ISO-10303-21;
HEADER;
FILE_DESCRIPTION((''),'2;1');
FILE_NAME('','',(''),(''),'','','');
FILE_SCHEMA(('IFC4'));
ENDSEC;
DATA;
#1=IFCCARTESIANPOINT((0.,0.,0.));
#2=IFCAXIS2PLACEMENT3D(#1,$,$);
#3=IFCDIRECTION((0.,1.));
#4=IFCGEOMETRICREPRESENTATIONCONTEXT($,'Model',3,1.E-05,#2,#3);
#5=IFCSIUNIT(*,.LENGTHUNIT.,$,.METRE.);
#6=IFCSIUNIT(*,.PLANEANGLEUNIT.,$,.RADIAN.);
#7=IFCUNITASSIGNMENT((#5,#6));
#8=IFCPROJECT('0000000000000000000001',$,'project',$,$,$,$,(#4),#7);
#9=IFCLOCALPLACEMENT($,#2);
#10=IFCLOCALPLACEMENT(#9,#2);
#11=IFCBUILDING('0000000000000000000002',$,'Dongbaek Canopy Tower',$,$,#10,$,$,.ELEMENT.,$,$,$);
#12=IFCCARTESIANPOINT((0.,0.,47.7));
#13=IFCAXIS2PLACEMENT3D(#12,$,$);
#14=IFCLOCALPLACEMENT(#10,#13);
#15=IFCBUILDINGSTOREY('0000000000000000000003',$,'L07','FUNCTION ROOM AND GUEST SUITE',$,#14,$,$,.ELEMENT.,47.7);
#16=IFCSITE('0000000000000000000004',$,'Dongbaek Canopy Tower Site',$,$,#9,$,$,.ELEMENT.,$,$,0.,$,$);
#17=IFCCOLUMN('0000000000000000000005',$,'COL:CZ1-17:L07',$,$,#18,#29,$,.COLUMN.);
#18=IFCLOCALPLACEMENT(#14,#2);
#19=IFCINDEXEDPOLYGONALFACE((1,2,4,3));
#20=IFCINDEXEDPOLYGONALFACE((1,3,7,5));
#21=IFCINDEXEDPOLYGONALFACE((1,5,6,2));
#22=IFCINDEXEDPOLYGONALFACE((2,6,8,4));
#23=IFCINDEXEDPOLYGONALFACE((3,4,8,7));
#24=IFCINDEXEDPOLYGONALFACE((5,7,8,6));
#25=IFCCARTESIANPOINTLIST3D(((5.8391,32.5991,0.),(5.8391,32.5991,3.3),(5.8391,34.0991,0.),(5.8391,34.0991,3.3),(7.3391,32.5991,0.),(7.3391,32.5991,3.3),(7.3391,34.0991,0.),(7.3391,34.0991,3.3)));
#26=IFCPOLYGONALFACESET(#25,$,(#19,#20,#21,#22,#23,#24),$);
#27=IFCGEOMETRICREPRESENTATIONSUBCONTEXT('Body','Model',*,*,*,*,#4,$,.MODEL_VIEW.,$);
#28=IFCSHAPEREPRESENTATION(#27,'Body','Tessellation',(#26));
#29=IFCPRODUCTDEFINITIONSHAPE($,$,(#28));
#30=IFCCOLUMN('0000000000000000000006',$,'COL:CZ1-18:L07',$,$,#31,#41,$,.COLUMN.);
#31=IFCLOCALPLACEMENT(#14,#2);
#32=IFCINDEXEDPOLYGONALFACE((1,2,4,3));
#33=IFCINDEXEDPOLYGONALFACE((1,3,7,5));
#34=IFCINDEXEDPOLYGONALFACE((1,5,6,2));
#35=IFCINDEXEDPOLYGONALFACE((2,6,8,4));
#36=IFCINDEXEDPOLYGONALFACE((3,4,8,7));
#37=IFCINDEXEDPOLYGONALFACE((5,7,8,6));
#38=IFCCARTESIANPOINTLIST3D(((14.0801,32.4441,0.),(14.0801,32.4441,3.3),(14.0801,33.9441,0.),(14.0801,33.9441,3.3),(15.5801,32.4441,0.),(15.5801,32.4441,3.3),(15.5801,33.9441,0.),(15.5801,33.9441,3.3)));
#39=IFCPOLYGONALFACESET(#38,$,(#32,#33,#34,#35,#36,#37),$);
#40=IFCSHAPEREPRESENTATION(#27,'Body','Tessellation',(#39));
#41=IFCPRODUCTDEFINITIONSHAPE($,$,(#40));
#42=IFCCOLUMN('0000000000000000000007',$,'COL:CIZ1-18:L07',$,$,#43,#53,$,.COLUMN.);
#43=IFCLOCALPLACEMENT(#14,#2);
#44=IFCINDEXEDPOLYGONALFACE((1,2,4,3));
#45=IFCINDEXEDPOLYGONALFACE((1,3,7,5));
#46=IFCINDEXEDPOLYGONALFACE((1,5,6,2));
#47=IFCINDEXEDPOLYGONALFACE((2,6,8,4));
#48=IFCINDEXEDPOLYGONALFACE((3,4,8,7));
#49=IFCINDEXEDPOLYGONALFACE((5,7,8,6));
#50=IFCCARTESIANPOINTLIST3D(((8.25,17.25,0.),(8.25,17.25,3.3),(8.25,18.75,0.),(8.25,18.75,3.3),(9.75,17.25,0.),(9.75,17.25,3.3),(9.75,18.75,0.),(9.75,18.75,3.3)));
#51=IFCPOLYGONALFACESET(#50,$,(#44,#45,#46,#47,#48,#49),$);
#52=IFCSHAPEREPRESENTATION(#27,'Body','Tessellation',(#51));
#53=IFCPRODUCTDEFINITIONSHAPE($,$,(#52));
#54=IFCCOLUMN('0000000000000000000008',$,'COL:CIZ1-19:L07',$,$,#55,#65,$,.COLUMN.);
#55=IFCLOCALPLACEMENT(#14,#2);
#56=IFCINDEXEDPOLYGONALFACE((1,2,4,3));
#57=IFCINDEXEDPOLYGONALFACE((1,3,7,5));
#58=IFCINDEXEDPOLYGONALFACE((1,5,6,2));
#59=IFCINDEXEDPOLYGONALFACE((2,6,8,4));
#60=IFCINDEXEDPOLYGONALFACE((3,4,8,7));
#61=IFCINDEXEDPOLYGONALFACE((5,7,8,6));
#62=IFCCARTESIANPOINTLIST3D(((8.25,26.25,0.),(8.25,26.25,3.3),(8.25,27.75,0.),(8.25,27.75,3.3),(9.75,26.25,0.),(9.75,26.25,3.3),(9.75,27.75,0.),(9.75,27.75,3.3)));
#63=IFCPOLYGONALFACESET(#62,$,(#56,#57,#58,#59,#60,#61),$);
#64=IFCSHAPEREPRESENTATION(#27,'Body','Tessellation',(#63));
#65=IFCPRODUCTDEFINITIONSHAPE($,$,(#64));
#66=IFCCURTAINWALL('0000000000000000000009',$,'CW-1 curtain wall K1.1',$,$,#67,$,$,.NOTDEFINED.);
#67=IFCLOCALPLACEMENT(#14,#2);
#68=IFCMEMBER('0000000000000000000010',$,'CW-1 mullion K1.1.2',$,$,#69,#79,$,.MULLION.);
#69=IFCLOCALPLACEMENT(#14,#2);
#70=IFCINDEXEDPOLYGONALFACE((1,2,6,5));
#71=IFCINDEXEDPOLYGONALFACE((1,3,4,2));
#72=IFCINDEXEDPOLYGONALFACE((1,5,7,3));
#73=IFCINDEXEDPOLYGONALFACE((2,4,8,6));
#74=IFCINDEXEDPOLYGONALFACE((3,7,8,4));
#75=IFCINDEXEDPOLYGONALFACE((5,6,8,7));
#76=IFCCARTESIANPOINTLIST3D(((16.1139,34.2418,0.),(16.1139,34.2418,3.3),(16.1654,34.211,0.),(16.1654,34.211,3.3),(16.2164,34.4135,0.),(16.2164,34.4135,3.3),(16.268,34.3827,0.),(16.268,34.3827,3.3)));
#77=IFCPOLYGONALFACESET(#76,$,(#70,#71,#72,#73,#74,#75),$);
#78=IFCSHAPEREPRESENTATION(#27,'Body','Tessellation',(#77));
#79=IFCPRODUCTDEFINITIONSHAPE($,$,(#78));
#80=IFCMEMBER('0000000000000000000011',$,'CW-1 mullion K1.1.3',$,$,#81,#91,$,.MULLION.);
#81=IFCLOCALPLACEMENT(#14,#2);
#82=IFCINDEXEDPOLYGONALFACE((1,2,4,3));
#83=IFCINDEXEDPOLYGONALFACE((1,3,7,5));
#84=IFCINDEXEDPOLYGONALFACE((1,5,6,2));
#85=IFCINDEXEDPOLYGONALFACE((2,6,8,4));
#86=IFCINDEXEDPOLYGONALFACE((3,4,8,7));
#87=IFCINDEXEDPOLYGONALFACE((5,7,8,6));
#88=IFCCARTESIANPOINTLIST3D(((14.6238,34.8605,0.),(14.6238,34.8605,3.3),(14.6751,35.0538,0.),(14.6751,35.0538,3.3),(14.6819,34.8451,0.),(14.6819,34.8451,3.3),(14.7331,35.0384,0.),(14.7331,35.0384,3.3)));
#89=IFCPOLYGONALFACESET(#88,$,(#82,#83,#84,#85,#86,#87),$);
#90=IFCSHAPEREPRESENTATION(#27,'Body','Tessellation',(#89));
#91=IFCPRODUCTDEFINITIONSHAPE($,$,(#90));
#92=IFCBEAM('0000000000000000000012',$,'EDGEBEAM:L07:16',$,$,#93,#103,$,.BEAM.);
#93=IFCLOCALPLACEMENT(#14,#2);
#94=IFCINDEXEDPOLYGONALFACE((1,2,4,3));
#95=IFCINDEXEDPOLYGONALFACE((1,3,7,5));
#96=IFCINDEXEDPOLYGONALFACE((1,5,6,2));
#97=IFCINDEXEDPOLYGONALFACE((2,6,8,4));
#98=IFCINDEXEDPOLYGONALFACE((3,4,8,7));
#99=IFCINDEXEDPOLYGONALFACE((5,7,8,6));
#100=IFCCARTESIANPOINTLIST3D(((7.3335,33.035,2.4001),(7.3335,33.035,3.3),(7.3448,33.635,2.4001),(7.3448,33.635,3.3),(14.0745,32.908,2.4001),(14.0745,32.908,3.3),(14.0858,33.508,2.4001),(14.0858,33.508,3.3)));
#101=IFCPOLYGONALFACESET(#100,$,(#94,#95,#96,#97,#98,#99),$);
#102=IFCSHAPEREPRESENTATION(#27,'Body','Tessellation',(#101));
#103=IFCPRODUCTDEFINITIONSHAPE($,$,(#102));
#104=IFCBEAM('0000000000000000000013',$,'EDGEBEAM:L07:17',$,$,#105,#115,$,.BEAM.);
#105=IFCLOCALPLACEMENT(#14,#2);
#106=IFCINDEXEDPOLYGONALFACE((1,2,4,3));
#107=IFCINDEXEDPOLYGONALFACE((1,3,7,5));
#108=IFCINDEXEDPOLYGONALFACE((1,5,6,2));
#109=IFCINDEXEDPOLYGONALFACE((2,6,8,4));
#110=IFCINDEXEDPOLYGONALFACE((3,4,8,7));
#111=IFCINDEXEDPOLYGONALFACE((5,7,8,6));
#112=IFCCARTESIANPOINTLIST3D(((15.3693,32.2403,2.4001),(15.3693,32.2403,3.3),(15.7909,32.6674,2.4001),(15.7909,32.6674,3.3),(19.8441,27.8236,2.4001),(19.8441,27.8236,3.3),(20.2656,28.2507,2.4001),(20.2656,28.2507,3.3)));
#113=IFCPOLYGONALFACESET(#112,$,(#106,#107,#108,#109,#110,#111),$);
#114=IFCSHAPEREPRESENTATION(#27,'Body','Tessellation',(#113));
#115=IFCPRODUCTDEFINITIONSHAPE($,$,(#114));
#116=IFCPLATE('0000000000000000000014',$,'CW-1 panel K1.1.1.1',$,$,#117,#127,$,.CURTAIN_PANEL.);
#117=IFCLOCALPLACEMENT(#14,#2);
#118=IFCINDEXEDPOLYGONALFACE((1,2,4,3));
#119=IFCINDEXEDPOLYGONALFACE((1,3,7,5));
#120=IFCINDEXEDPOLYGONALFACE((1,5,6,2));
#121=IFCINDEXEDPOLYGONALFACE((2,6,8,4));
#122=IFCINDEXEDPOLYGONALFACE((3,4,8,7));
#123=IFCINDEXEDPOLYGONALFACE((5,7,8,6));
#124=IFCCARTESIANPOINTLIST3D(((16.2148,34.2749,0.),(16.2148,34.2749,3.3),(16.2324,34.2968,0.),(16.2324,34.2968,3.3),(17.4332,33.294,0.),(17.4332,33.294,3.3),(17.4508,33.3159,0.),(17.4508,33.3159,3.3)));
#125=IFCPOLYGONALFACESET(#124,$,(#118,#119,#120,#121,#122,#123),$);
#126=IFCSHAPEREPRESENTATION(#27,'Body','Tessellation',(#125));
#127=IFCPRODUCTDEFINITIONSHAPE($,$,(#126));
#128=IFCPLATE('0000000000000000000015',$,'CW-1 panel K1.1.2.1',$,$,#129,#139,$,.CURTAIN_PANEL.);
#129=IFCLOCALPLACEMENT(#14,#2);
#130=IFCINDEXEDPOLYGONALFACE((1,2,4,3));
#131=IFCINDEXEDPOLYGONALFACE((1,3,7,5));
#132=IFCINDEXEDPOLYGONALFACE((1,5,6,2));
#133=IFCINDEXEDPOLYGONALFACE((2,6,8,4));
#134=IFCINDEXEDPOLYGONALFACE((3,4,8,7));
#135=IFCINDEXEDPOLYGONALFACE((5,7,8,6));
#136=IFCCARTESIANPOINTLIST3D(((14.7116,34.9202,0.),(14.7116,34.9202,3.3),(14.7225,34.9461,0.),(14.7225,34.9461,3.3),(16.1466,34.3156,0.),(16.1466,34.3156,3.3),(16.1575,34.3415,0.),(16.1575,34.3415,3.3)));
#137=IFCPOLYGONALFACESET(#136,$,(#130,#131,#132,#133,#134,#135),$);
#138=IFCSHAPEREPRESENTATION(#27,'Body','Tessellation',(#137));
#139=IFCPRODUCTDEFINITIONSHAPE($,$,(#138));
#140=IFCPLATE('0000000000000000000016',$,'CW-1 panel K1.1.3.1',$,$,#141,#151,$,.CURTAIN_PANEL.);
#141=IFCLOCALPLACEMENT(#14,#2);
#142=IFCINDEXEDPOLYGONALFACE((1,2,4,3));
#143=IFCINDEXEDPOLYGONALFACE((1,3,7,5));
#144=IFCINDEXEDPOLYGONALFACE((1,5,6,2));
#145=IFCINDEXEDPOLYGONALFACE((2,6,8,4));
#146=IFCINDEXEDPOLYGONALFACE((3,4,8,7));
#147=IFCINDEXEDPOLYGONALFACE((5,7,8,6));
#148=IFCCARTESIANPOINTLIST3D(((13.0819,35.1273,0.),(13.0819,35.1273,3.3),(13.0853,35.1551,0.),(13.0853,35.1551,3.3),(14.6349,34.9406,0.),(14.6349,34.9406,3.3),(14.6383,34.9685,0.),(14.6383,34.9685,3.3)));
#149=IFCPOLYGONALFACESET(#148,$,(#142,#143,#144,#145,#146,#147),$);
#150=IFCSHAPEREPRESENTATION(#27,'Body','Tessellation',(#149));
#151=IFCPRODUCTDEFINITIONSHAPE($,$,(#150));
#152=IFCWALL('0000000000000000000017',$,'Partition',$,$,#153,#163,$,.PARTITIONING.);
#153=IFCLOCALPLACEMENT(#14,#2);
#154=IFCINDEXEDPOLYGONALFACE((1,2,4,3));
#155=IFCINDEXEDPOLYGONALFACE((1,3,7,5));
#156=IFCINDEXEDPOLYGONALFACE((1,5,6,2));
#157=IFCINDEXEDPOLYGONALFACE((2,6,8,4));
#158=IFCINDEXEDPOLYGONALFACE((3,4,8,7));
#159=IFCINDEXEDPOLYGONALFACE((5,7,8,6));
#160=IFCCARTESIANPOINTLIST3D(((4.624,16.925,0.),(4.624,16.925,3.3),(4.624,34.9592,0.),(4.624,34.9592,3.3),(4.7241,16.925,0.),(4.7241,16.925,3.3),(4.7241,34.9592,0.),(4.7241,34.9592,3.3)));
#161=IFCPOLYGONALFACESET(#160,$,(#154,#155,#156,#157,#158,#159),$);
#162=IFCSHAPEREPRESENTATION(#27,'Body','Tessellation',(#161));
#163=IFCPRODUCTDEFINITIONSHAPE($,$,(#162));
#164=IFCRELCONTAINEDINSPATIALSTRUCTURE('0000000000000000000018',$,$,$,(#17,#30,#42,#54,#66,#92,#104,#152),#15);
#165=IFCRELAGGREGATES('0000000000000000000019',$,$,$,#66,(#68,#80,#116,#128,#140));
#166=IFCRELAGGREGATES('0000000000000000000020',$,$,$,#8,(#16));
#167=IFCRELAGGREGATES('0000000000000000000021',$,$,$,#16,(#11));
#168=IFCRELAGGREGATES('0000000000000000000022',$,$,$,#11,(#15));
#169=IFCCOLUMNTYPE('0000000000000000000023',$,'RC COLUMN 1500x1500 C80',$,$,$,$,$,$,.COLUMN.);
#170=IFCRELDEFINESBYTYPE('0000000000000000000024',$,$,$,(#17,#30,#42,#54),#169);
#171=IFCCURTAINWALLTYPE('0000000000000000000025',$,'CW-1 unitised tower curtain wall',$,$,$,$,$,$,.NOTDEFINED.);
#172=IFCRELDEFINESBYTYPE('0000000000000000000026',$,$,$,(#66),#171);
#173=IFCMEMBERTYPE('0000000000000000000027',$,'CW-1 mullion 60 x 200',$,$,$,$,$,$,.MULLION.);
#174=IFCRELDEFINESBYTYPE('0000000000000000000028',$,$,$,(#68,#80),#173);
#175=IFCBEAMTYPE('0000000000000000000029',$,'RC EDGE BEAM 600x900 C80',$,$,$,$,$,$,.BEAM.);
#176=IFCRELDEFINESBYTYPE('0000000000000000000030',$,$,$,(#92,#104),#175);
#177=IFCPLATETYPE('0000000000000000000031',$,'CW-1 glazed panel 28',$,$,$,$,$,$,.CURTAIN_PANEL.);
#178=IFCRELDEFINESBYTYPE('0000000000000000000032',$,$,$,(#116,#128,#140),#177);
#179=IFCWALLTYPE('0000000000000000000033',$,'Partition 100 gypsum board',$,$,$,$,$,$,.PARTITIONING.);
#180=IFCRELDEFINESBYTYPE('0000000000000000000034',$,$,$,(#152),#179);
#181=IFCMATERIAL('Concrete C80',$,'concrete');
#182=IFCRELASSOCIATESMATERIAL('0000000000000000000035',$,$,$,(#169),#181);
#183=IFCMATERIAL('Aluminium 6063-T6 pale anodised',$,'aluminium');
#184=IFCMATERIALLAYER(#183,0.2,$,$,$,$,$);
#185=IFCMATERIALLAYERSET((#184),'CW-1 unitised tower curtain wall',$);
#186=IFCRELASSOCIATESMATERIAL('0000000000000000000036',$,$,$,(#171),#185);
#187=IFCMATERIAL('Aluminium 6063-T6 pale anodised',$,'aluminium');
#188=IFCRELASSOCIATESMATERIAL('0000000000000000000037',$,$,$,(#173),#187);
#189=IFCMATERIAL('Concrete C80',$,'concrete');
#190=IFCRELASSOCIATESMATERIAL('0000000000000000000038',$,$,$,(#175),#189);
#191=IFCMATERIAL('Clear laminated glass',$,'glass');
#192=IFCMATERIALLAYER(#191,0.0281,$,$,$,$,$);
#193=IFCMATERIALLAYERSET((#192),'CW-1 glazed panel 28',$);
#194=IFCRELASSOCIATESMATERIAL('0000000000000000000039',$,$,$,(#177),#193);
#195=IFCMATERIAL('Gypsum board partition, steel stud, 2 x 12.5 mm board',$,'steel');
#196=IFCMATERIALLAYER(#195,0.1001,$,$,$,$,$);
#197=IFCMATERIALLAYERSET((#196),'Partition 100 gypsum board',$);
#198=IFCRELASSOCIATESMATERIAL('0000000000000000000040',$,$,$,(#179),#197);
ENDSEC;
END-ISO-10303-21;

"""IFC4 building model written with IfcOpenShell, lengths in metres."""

from ifc_helpers import new_model, si_unit, direction, frame, frame_2d, origin, origin_2d, place, context, subcontext, project, spatial, rectangle, extrude, material, layer, layer_set, material_profile, profile_set, type_object, element, aggregate, save


model = new_model("IFC4")

# Units and contexts
model_context = context("Model", 3, precision=1e-05, world=origin(), true_north=direction((0.0, 1.0)))
body_context = subcontext(model_context, "Body", "Model", "MODEL_VIEW")
ifc_project = project(units=[si_unit("LENGTHUNIT", "METRE"), si_unit("PLANEANGLEUNIT", "RADIAN")], contexts=[model_context])

# Site, building, storey
site_placement = place(None, origin())
site = spatial("IfcSite", under=ifc_project, at=site_placement, Name="Dongbaek Canopy Tower Site", CompositionType="ELEMENT", RefElevation=0.0)
building_placement = place(site_placement, origin())
building = spatial("IfcBuilding", under=site, at=building_placement, Name="Dongbaek Canopy Tower", CompositionType="ELEMENT")
storey_placement = place(building_placement, frame((0.0, 0.0, 47.7)))
storey = spatial("IfcBuildingStorey", under=building, at=storey_placement, Name="L07", Description="FUNCTION ROOM AND GUEST SUITE", CompositionType="ELEMENT", Elevation=47.7)

# Columns
ifc_material_1 = material(Name="Concrete C80", Category="concrete")
ifc_material_profile_1 = material_profile(ifc_material_1, rectangle(XDim=1.5, YDim=1.5, at=origin_2d()), Name="RC COLUMN 1500x1500 C80")
ifc_profile_set_1 = profile_set([ifc_material_profile_1], Name="Concrete C80")
column_type = type_object("IfcColumnType", Name="RC COLUMN 1500x1500 C80", PredefinedType="COLUMN", material=ifc_profile_set_1)
for number, where, z_axis, x_axis, name in (
    (1, (6.5891, 33.3491, 0.0), (0.0, 0.0, 1.0), (1.0, 0.0, 0.0), "COL:CZ1-17:L07"),
    (2, (14.8301, 33.1941, 0.0), (0.0, 0.0, 1.0), (1.0, 0.0, 0.0), "COL:CZ1-18:L07"),
    (3, (9.0, 18.0, 0.0), (0.0, 0.0, 1.0), (1.0, 0.0, 0.0), "COL:CIZ1-18:L07"),
    (4, (9.0, 27.0, 0.0), (0.0, 0.0, 1.0), (1.0, 0.0, 0.0), "COL:CIZ1-19:L07"),
):
    element("IfcColumn", number, at=place(storey_placement, frame(where, z_axis=z_axis, x_axis=x_axis)), inside=storey, type_object=column_type, Name=name, PredefinedType="COLUMN", context=body_context, shape_type="SweptSolid", body=[
        extrude(rectangle(XDim=1.5, YDim=1.5, at=origin_2d()), origin(), (0.0, 0.0, 1.0), 3.3),
    ])

# Curtain wall, members
ifc_material_2 = material(Name="Aluminium 6063-T6 pale anodised", Category="aluminium")
ifc_layer_1 = layer(ifc_material_2, 0.2)
ifc_layer_set_1 = layer_set([ifc_layer_1], Name="CW-1 unitised tower curtain wall")
curtain_wall_type = type_object("IfcCurtainWallType", Name="CW-1 unitised tower curtain wall", PredefinedType="NOTDEFINED", material=ifc_layer_set_1)
curtain_wall_placement = place(storey_placement, origin())
curtain_wall = element("IfcCurtainWall", 5, at=curtain_wall_placement, inside=storey, type_object=curtain_wall_type, Name="CW-1 curtain wall K1.1", PredefinedType="NOTDEFINED")
ifc_material_3 = material(Name="Aluminium 6063-T6 pale anodised", Category="aluminium")
ifc_material_profile_2 = material_profile(ifc_material_3, rectangle(XDim=0.2, YDim=0.0601, at=origin_2d()), Name="CW-1 mullion 60 x 200")
ifc_profile_set_2 = profile_set([ifc_material_profile_2], Name="Aluminium 6063-T6 pale anodised")
member_type = type_object("IfcMemberType", Name="CW-1 mullion 60 x 200", PredefinedType="MULLION", material=ifc_profile_set_2)
member_1_placement = place(storey_placement, frame((16.1909, 34.3123, 0.0), z_axis=(0.0, 0.0, 1.0), x_axis=(0.512669, 0.858586, 0.0)))
member_1 = element("IfcMember", 6, at=member_1_placement, type_object=member_type, Name="CW-1 mullion K1.1.2", PredefinedType="MULLION", context=body_context, shape_type="SweptSolid", body=[
    extrude(rectangle(XDim=0.2, YDim=0.0601, at=origin_2d()), origin(), (0.0, 0.0, 1.0), 3.3),
])
member_2_placement = place(storey_placement, frame((14.6785, 34.9495, 0.0), z_axis=(0.0, 0.0, 1.0), x_axis=(0.25629, 0.9666, 0.0)))
member_2 = element("IfcMember", 7, at=member_2_placement, type_object=member_type, Name="CW-1 mullion K1.1.3", PredefinedType="MULLION", context=body_context, shape_type="SweptSolid", body=[
    extrude(rectangle(XDim=0.2, YDim=0.0601, at=origin_2d()), origin(), (0.0, 0.0, 1.0), 3.3),
])

# Beams
ifc_material_4 = material(Name="Concrete C80", Category="concrete")
ifc_material_profile_3 = material_profile(ifc_material_4, rectangle(XDim=0.6001, YDim=0.8999, at=origin_2d()), Name="RC EDGE BEAM 600x900 C80")
ifc_profile_set_3 = profile_set([ifc_material_profile_3], Name="Concrete C80")
beam_type = type_object("IfcBeamType", Name="RC EDGE BEAM 600x900 C80", PredefinedType="BEAM", material=ifc_profile_set_3)
beam_1_placement = place(storey_placement, frame((7.3391, 33.335, 2.8501), z_axis=(0.999823, -0.01883, 0.0), x_axis=(0.01883, 0.999823, 0.0)))
element("IfcBeam", 8, at=beam_1_placement, inside=storey, type_object=beam_type, Name="EDGEBEAM:L07:16", PredefinedType="BEAM", context=body_context, shape_type="SweptSolid", body=[
    extrude(rectangle(XDim=0.6001, YDim=0.8999, at=origin_2d()), origin(), (0.0, 0.0, 1.0), 6.7422),
])
beam_2_placement = place(storey_placement, frame((15.5801, 32.4539, 2.8501), z_axis=(0.711712, -0.702471, 0.0), x_axis=(0.702471, 0.711712, 0.0)))
element("IfcBeam", 9, at=beam_2_placement, inside=storey, type_object=beam_type, Name="EDGEBEAM:L07:17", PredefinedType="BEAM", context=body_context, shape_type="SweptSolid", body=[
    extrude(rectangle(XDim=0.6001, YDim=0.8999, at=origin_2d()), origin(), (0.0, 0.0, 1.0), 6.2874),
])

# Plates
ifc_material_5 = material(Name="Clear laminated glass", Category="glass")
ifc_layer_2 = layer(ifc_material_5, 0.0281)
ifc_layer_set_2 = layer_set([ifc_layer_2], Name="CW-1 glazed panel 28")
plate_type = type_object("IfcPlateType", Name="CW-1 glazed panel 28", PredefinedType="CURTAIN_PANEL", material=ifc_layer_set_2)
plate_1_placement = place(storey_placement, frame((16.8328, 33.7954, 0.0), z_axis=(0.0, 0.0, 1.0), x_axis=(-0.778926, 0.627116, 0.0)))
plate_1 = element("IfcPlate", 10, at=plate_1_placement, type_object=plate_type, Name="CW-1 panel K1.1.1.1", PredefinedType="CURTAIN_PANEL", context=body_context, shape_type="SweptSolid", body=[
    extrude(rectangle(XDim=1.5642, YDim=0.0281, at=origin_2d()), origin(), (0.0, 0.0, 1.0), 3.3),
])
plate_2_placement = place(storey_placement, frame((15.4346, 34.6309, 0.0), z_axis=(0.0, 0.0, 1.0), x_axis=(-0.921552, 0.388254, 0.0)))
plate_2 = element("IfcPlate", 11, at=plate_2_placement, type_object=plate_type, Name="CW-1 panel K1.1.2.1", PredefinedType="CURTAIN_PANEL", context=body_context, shape_type="SweptSolid", body=[
    extrude(rectangle(XDim=1.5571, YDim=0.0281, at=origin_2d()), origin(), (0.0, 0.0, 1.0), 3.3),
])
plate_3_placement = place(storey_placement, frame((13.8601, 35.0479, 0.0), z_axis=(0.0, 0.0, 1.0), x_axis=(-0.992853, 0.119342, 0.0)))
plate_3 = element("IfcPlate", 12, at=plate_3_placement, type_object=plate_type, Name="CW-1 panel K1.1.3.1", PredefinedType="CURTAIN_PANEL", context=body_context, shape_type="SweptSolid", body=[
    extrude(rectangle(XDim=1.5642, YDim=0.0281, at=origin_2d()), origin(), (0.0, 0.0, 1.0), 3.3),
])
aggregate(curtain_wall, [member_1, member_2, plate_1, plate_2, plate_3])

# Wall
ifc_material_6 = material(Name="Gypsum board partition, steel stud, 2 x 12.5 mm board", Category="steel")
ifc_layer_3 = layer(ifc_material_6, 0.1001)
ifc_layer_set_3 = layer_set([ifc_layer_3], Name="Partition 100 gypsum board")
wall_type = type_object("IfcWallType", Name="Partition 100 gypsum board", PredefinedType="PARTITIONING", material=ifc_layer_set_3)
wall_placement = place(storey_placement, frame((4.6741, 16.925, 0.0), z_axis=(0.0, 0.0, 1.0), x_axis=(0.0, 1.0, 0.0)))
element("IfcWall", 13, at=wall_placement, inside=storey, type_object=wall_type, Name="Partition", PredefinedType="PARTITIONING", context=body_context, shape_type="SweptSolid", body=[
    extrude(rectangle(XDim=18.0342, YDim=0.1001, at=frame_2d((9.0171, 0.0))), origin(), (0.0, 0.0, 1.0), 3.3),
])

save(model, "model.ifc")
